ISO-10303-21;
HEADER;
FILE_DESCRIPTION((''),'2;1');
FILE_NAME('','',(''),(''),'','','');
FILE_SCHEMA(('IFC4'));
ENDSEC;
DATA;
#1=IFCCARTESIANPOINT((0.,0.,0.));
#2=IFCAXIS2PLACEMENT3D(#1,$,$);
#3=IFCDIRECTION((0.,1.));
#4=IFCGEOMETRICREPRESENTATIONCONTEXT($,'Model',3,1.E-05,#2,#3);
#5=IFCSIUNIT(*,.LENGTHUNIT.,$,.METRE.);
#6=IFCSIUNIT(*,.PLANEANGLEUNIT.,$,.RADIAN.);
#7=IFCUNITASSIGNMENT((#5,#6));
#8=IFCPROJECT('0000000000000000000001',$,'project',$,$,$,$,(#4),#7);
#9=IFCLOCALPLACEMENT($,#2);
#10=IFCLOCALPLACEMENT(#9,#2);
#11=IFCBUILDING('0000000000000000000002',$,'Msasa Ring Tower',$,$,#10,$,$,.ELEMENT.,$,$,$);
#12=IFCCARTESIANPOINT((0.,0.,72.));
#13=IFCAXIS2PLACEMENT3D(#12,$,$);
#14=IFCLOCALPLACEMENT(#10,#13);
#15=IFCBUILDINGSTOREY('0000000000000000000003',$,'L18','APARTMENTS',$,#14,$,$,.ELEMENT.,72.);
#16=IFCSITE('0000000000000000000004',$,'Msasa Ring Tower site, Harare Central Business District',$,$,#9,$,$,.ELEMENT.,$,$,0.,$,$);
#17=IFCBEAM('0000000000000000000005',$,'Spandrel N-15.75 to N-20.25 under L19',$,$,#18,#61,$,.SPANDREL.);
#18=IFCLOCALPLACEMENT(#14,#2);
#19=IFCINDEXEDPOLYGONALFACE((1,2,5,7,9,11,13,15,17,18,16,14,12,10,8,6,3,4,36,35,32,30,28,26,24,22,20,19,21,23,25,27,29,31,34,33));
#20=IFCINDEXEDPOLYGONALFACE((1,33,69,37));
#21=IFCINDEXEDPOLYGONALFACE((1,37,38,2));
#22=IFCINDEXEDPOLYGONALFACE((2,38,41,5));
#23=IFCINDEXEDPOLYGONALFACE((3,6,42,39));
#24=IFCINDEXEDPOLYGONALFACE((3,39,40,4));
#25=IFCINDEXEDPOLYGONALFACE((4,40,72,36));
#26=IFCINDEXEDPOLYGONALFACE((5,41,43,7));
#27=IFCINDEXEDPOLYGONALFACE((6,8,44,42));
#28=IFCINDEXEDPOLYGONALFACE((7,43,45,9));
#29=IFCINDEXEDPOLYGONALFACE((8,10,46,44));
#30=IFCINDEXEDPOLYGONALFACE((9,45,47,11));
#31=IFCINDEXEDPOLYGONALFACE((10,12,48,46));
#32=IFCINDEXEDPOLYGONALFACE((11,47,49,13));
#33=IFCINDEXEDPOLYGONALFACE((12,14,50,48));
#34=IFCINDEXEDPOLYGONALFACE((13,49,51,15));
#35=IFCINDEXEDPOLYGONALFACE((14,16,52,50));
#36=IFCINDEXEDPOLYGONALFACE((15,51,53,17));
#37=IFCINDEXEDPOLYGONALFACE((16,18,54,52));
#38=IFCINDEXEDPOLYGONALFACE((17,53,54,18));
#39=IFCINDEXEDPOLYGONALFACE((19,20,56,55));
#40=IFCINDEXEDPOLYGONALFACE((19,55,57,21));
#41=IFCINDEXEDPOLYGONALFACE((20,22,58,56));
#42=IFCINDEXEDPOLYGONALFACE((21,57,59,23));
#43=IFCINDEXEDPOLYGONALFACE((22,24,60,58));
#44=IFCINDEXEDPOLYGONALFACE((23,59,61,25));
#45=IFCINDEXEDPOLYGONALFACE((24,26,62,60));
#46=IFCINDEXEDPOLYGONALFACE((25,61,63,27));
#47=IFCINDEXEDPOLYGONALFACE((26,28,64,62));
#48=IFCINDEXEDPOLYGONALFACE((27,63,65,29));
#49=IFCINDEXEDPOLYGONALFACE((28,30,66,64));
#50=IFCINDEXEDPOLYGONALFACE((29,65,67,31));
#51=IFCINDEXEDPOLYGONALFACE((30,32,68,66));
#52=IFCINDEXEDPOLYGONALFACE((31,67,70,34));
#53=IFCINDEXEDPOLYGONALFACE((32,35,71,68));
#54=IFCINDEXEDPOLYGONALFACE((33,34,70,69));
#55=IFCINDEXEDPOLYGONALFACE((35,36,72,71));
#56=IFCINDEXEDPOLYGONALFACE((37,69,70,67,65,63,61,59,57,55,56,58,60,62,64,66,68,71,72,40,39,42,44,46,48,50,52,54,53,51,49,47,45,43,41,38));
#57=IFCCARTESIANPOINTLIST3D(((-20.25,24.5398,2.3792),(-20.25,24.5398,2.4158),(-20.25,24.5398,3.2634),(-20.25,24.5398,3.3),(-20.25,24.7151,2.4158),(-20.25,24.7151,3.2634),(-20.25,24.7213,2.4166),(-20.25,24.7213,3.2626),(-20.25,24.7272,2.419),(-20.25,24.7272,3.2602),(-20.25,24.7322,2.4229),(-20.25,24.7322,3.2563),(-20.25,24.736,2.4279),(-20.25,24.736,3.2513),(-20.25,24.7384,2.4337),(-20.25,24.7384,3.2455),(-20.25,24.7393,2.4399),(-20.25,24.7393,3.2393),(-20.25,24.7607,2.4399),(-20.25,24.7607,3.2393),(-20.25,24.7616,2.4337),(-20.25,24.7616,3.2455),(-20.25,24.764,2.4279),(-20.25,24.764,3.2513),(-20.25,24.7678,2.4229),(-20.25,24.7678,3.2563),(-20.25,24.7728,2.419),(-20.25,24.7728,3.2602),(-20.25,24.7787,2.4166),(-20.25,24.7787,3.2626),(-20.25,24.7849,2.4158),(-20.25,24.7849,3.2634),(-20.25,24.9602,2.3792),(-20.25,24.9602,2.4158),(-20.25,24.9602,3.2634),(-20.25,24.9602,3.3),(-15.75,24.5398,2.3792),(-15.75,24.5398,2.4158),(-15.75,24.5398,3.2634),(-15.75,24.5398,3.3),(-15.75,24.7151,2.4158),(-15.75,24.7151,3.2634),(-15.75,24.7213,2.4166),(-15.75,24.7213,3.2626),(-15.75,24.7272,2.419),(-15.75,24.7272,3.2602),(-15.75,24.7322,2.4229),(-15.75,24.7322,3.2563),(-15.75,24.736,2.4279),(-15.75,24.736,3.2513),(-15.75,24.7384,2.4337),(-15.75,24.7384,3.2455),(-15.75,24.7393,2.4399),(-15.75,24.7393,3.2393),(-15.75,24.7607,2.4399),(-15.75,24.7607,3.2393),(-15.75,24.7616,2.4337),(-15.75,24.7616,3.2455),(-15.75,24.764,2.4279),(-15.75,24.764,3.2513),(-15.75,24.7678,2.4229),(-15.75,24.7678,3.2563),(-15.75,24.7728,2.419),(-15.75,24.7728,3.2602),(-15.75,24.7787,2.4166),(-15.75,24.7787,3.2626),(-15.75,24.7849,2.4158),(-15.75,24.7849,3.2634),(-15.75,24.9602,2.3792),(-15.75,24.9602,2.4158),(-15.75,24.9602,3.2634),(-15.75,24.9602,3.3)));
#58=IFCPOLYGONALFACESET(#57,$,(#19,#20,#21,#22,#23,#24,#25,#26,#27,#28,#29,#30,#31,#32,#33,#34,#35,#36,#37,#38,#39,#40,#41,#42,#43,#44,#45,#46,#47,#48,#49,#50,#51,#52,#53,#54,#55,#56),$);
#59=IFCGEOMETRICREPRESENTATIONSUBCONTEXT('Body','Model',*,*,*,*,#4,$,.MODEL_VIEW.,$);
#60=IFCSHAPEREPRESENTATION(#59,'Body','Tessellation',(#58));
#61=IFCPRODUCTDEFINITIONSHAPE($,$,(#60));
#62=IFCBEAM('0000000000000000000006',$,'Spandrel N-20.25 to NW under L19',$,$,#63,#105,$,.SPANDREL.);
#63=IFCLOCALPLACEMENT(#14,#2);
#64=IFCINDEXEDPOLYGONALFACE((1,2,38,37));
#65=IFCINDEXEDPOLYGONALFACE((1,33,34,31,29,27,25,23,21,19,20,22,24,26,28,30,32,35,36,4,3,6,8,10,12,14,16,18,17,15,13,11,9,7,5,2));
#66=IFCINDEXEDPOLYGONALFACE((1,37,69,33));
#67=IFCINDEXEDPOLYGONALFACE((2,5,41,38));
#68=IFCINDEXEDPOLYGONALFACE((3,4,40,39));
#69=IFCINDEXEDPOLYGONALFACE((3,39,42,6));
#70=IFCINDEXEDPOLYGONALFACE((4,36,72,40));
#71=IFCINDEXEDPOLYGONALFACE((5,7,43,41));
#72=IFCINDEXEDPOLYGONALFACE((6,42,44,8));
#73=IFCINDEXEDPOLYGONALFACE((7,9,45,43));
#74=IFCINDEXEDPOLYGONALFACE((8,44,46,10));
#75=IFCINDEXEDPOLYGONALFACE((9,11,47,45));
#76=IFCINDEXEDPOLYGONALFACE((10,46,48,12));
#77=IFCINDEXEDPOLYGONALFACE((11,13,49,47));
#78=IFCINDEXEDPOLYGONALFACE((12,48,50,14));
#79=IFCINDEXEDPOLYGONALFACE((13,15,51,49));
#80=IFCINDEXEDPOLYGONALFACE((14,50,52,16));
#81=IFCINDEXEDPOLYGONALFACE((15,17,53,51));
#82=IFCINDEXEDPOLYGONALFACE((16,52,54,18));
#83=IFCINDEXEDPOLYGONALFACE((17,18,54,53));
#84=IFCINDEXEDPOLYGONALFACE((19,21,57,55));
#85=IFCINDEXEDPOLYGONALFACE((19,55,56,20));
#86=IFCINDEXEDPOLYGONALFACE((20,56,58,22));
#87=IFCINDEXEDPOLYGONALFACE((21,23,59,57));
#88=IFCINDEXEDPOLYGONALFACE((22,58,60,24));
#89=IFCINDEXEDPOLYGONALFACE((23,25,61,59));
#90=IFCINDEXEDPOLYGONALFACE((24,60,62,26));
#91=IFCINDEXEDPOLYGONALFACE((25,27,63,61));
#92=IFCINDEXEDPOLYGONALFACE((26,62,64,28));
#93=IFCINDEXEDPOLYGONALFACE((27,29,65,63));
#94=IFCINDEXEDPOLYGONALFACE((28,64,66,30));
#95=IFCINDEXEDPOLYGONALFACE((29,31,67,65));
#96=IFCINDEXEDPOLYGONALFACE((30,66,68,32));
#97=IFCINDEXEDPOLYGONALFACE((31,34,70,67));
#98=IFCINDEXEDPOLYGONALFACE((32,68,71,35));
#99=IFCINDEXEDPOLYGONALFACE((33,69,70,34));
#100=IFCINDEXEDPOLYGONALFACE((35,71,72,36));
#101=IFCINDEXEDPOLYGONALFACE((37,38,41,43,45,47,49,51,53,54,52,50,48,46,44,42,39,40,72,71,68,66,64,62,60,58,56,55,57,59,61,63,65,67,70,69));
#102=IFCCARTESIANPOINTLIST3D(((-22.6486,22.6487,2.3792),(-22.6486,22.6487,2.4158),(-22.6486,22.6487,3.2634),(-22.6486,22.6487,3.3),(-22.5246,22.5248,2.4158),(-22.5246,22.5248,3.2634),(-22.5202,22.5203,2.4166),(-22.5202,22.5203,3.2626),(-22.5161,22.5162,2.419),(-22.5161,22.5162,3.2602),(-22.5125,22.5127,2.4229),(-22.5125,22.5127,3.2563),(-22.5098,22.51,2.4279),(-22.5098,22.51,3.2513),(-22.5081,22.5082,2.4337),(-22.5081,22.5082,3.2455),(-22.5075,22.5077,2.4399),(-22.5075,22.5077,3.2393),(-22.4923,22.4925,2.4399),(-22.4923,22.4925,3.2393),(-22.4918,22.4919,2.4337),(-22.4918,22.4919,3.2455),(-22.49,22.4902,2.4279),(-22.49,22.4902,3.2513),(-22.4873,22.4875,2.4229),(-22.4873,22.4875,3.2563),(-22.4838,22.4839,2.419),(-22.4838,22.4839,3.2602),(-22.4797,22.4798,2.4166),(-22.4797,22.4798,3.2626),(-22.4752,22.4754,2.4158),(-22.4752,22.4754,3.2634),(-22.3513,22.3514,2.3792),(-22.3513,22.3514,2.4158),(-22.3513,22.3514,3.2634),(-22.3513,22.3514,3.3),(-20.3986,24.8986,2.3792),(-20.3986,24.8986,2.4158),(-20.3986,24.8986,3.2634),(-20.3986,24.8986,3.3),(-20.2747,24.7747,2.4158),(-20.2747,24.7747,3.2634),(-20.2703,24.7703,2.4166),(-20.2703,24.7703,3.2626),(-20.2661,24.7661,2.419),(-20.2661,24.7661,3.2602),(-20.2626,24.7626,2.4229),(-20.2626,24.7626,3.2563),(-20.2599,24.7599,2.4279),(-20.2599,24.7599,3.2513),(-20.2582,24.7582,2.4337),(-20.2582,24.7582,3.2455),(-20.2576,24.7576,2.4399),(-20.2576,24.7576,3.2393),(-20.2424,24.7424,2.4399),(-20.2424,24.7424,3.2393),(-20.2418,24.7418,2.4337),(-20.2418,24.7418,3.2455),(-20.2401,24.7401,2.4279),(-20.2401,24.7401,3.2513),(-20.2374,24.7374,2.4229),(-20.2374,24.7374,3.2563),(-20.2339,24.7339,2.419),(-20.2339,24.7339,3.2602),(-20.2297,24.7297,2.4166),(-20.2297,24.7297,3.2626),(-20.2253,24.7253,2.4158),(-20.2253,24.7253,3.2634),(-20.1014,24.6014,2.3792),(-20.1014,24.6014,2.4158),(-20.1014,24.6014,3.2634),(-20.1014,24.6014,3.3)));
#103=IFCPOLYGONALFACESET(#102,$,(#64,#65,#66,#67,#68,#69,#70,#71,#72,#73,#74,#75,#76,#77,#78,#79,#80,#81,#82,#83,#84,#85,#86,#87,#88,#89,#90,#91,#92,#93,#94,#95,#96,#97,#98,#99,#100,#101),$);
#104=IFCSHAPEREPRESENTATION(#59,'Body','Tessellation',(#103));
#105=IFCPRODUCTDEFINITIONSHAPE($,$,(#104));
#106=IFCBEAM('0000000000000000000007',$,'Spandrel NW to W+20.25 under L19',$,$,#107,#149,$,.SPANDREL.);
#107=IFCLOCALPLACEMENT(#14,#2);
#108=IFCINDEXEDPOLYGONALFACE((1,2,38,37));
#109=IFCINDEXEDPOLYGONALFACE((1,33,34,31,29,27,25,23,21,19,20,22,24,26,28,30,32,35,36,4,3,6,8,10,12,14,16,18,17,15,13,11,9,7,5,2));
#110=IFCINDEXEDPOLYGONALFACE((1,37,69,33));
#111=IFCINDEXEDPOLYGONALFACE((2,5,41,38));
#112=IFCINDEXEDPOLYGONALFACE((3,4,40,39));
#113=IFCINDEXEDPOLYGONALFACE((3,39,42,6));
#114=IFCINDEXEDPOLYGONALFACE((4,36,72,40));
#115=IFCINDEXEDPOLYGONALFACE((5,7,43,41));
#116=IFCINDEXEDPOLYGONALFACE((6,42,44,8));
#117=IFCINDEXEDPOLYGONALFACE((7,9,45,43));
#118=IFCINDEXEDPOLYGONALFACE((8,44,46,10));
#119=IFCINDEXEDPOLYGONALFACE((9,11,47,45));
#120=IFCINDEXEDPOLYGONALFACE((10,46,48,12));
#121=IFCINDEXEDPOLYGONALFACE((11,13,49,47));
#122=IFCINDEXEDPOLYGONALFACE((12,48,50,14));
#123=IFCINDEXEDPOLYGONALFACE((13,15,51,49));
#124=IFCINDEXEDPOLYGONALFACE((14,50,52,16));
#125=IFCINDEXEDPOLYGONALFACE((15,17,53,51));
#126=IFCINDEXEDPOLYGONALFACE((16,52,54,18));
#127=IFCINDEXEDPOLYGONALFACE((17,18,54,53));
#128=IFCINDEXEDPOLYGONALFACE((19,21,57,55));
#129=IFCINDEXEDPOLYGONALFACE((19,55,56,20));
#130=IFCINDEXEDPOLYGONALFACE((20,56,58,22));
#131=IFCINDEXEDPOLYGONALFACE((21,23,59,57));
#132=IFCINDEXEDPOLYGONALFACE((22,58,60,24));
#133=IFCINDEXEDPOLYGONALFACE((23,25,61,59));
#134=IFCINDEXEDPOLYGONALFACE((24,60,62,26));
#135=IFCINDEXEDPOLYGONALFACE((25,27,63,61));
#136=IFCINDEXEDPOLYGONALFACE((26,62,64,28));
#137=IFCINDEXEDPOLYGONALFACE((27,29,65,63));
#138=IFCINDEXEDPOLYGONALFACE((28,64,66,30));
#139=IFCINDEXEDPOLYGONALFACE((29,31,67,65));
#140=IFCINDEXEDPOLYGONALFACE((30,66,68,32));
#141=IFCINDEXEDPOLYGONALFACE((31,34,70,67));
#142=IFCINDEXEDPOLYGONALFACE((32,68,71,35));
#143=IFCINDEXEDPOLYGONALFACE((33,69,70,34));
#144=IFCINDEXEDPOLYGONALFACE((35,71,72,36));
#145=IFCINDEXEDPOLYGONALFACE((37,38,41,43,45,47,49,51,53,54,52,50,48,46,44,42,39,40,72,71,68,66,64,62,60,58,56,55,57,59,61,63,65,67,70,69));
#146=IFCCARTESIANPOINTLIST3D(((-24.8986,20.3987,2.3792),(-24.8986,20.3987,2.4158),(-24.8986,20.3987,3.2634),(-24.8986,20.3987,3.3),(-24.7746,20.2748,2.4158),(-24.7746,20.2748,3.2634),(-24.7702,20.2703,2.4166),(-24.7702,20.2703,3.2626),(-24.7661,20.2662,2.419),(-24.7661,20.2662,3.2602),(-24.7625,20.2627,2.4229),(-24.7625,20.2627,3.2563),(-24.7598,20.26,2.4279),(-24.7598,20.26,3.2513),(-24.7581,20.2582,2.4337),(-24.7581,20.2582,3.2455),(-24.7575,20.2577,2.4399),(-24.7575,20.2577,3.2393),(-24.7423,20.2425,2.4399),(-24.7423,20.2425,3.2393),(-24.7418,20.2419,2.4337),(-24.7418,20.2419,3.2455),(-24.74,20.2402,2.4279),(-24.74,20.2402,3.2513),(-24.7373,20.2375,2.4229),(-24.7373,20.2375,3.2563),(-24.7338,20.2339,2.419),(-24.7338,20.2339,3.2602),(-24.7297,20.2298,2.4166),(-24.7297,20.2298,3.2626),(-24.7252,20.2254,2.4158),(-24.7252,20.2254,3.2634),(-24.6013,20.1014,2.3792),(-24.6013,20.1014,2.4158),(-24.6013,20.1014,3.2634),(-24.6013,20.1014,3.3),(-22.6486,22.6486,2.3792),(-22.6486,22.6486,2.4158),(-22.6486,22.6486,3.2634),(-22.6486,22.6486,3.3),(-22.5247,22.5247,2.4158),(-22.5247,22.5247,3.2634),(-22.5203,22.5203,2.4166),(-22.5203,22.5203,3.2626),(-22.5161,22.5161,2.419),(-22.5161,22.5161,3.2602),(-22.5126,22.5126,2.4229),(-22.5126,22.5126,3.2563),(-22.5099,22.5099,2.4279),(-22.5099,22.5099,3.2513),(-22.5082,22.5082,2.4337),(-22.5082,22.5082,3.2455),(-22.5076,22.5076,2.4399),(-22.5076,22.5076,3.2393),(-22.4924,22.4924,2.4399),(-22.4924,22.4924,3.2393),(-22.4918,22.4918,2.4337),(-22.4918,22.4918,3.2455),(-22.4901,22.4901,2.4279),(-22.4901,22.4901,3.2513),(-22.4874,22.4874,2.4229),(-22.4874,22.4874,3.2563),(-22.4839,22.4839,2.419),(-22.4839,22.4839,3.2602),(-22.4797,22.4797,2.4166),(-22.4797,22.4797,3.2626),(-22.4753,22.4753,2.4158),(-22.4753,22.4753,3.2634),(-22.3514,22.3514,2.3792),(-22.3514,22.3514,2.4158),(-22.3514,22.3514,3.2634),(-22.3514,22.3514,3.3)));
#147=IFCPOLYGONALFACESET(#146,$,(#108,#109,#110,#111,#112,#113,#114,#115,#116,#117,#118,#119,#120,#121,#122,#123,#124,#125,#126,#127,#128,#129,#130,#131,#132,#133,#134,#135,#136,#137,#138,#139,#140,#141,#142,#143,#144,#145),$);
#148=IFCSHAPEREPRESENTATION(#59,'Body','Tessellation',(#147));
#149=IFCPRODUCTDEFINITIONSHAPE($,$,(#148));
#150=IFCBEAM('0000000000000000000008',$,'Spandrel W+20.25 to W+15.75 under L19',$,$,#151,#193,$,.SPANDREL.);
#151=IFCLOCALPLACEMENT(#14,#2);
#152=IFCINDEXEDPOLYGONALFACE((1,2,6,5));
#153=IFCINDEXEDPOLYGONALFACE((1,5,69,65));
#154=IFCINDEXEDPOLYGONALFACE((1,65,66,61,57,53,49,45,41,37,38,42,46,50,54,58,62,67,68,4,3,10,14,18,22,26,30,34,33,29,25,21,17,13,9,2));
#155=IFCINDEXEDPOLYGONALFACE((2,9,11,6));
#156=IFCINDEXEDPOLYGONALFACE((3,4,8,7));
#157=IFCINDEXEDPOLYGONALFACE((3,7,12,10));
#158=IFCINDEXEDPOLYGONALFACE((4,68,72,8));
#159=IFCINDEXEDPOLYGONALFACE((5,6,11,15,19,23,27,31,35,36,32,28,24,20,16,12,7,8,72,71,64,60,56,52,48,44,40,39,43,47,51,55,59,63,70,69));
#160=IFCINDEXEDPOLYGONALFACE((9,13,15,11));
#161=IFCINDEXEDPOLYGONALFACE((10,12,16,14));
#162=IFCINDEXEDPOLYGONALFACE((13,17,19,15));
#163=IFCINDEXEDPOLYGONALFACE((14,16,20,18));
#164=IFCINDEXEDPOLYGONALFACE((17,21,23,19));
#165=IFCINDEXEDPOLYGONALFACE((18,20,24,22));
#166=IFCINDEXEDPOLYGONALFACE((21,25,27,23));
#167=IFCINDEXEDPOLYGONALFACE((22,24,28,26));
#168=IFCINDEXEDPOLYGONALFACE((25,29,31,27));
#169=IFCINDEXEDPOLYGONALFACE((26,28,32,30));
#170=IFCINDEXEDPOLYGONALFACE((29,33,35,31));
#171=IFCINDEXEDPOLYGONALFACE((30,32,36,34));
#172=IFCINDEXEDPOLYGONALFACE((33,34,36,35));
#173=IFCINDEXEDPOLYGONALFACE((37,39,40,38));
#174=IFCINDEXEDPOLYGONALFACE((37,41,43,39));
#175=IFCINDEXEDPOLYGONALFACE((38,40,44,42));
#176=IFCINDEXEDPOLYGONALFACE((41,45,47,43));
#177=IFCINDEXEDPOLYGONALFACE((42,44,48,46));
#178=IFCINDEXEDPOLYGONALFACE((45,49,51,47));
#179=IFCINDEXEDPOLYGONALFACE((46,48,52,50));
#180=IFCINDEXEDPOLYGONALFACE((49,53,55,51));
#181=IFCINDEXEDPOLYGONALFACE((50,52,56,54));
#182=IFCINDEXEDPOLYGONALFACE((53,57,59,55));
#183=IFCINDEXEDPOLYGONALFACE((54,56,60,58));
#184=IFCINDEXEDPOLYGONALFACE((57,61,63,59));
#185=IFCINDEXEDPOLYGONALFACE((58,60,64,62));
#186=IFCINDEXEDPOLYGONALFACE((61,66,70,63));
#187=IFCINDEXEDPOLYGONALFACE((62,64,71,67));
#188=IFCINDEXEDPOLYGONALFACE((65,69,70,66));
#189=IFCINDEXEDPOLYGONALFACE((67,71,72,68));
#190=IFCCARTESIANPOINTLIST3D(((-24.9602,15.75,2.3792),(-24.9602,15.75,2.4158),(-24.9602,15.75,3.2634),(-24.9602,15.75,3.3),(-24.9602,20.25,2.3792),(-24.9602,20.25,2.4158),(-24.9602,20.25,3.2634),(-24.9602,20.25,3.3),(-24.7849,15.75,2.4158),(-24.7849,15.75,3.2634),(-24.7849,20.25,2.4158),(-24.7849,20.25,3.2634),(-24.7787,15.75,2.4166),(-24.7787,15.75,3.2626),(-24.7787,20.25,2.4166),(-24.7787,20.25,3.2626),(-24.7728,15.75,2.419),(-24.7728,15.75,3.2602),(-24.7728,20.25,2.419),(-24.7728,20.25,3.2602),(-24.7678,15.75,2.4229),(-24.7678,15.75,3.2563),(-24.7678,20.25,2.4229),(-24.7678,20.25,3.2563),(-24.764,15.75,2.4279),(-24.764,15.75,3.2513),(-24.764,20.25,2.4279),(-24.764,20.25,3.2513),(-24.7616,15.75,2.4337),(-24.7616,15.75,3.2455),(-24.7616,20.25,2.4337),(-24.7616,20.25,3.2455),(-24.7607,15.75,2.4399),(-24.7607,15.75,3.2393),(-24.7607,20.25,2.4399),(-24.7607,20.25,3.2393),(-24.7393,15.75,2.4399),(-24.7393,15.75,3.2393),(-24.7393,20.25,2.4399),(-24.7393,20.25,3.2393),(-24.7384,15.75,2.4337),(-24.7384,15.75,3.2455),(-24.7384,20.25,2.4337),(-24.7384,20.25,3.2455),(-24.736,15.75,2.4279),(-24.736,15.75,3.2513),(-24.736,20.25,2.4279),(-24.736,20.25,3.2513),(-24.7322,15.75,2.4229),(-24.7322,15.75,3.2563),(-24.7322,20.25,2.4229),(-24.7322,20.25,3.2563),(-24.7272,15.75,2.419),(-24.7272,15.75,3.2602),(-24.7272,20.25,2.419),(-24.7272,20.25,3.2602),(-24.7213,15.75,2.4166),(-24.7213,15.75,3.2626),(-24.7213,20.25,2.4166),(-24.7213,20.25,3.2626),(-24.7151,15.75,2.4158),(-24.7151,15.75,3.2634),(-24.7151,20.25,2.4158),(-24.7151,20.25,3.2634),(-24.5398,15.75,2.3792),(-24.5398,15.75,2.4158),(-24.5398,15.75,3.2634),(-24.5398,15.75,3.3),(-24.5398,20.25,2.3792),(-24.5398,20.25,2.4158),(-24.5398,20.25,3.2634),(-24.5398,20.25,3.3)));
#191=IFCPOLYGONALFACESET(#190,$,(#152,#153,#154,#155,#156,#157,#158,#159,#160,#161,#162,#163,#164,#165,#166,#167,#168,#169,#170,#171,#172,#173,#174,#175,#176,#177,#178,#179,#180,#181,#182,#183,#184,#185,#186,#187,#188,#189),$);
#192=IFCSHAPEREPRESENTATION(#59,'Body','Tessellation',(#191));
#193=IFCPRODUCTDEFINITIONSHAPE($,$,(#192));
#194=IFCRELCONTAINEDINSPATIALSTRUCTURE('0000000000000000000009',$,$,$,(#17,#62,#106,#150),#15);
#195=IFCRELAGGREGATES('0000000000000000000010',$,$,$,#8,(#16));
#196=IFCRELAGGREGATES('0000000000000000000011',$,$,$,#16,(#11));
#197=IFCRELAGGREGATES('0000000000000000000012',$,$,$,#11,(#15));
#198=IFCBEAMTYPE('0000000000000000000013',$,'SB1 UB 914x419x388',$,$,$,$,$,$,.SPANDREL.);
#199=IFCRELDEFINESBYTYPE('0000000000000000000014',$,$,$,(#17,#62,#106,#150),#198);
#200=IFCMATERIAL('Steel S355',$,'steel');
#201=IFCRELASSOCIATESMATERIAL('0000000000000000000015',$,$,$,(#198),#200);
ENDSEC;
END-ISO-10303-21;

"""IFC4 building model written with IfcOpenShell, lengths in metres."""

from ifc_helpers import new_model, si_unit, direction, frame, origin, origin_2d, place, context, subcontext, project, spatial, i_section, extrude, material, material_profile, profile_set, type_object, element, save


model = new_model("IFC4")

# Units and contexts
model_context = context("Model", 3, precision=1e-05, world=origin(), true_north=direction((0.0, 1.0)))
body_context = subcontext(model_context, "Body", "Model", "MODEL_VIEW")
ifc_project = project(units=[si_unit("LENGTHUNIT", "METRE"), si_unit("PLANEANGLEUNIT", "RADIAN")], contexts=[model_context])

# Site, building, storey
site_placement = place(None, origin())
site = spatial("IfcSite", under=ifc_project, at=site_placement, Name="Msasa Ring Tower site, Harare Central Business District", CompositionType="ELEMENT", RefElevation=0.0)
building_placement = place(site_placement, origin())
building = spatial("IfcBuilding", under=site, at=building_placement, Name="Msasa Ring Tower", CompositionType="ELEMENT")
storey_placement = place(building_placement, frame((0.0, 0.0, 72.0)))
storey = spatial("IfcBuildingStorey", under=building, at=storey_placement, Name="L18", Description="APARTMENTS", CompositionType="ELEMENT", Elevation=72.0)

# Beams
ifc_material_1 = material(Name="Steel S355", Category="steel")
ifc_material_profile_1 = material_profile(ifc_material_1, i_section(OverallWidth=0.4204, OverallDepth=0.9209, WebThickness=0.0215, FlangeThickness=0.0366, FilletRadius=0.0242, at=origin_2d()), Name="UB 914x419x388")
ifc_profile_set_1 = profile_set([ifc_material_profile_1], Name="Steel S355")
beam_type_1 = type_object("IfcBeamType", Name="SB1 UB 914x419x388", PredefinedType="SPANDREL", material=ifc_profile_set_1)
beam_1_placement = place(storey_placement, frame((-15.75, 24.75, 2.8396), z_axis=(-1.0, 0.0, 0.0), x_axis=(0.0, -1.0, 0.0)))
element("IfcBeam", 1, at=beam_1_placement, inside=storey, type_object=beam_type_1, Name="Spandrel N-15.75 to N-20.25 under L19", PredefinedType="SPANDREL", context=body_context, shape_type="SweptSolid", body=[
    extrude(i_section(OverallWidth=0.4204, OverallDepth=0.9209, WebThickness=0.0215, FlangeThickness=0.0366, FilletRadius=0.0242, at=origin_2d()), origin(), (0.0, 0.0, 1.0), 4.5),
])
for number, where, z_axis, x_axis, name in (
    (2, (-20.25, 24.75, 2.8396), (-0.707107, -0.707107, 0.0), (0.707107, -0.707107, 0.0), "Spandrel N-20.25 to NW under L19"),
    (3, (-22.5, 22.5, 2.8396), (-0.707107, -0.707107, 0.0), (0.707107, -0.707107, 0.0), "Spandrel NW to W+20.25 under L19"),
):
    element("IfcBeam", number, at=place(storey_placement, frame(where, z_axis=z_axis, x_axis=x_axis)), inside=storey, type_object=beam_type_1, Name=name, PredefinedType="SPANDREL", context=body_context, shape_type="SweptSolid", body=[
        extrude(i_section(OverallWidth=0.4204, OverallDepth=0.9209, WebThickness=0.0215, FlangeThickness=0.0366, FilletRadius=0.0242, at=origin_2d()), origin(), (0.0, 0.0, 1.0), 3.1819),
    ])
beam_2_placement = place(storey_placement, frame((-24.75, 20.25, 2.8396), z_axis=(0.0, -1.0, 0.0), x_axis=(1.0, 0.0, 0.0)))
element("IfcBeam", 4, at=beam_2_placement, inside=storey, type_object=beam_type_1, Name="Spandrel W+20.25 to W+15.75 under L19", PredefinedType="SPANDREL", context=body_context, shape_type="SweptSolid", body=[
    extrude(i_section(OverallWidth=0.4204, OverallDepth=0.9209, WebThickness=0.0215, FlangeThickness=0.0366, FilletRadius=0.0242, at=origin_2d()), origin(), (0.0, 0.0, 1.0), 4.5),
])

save(model, "model.ifc")
